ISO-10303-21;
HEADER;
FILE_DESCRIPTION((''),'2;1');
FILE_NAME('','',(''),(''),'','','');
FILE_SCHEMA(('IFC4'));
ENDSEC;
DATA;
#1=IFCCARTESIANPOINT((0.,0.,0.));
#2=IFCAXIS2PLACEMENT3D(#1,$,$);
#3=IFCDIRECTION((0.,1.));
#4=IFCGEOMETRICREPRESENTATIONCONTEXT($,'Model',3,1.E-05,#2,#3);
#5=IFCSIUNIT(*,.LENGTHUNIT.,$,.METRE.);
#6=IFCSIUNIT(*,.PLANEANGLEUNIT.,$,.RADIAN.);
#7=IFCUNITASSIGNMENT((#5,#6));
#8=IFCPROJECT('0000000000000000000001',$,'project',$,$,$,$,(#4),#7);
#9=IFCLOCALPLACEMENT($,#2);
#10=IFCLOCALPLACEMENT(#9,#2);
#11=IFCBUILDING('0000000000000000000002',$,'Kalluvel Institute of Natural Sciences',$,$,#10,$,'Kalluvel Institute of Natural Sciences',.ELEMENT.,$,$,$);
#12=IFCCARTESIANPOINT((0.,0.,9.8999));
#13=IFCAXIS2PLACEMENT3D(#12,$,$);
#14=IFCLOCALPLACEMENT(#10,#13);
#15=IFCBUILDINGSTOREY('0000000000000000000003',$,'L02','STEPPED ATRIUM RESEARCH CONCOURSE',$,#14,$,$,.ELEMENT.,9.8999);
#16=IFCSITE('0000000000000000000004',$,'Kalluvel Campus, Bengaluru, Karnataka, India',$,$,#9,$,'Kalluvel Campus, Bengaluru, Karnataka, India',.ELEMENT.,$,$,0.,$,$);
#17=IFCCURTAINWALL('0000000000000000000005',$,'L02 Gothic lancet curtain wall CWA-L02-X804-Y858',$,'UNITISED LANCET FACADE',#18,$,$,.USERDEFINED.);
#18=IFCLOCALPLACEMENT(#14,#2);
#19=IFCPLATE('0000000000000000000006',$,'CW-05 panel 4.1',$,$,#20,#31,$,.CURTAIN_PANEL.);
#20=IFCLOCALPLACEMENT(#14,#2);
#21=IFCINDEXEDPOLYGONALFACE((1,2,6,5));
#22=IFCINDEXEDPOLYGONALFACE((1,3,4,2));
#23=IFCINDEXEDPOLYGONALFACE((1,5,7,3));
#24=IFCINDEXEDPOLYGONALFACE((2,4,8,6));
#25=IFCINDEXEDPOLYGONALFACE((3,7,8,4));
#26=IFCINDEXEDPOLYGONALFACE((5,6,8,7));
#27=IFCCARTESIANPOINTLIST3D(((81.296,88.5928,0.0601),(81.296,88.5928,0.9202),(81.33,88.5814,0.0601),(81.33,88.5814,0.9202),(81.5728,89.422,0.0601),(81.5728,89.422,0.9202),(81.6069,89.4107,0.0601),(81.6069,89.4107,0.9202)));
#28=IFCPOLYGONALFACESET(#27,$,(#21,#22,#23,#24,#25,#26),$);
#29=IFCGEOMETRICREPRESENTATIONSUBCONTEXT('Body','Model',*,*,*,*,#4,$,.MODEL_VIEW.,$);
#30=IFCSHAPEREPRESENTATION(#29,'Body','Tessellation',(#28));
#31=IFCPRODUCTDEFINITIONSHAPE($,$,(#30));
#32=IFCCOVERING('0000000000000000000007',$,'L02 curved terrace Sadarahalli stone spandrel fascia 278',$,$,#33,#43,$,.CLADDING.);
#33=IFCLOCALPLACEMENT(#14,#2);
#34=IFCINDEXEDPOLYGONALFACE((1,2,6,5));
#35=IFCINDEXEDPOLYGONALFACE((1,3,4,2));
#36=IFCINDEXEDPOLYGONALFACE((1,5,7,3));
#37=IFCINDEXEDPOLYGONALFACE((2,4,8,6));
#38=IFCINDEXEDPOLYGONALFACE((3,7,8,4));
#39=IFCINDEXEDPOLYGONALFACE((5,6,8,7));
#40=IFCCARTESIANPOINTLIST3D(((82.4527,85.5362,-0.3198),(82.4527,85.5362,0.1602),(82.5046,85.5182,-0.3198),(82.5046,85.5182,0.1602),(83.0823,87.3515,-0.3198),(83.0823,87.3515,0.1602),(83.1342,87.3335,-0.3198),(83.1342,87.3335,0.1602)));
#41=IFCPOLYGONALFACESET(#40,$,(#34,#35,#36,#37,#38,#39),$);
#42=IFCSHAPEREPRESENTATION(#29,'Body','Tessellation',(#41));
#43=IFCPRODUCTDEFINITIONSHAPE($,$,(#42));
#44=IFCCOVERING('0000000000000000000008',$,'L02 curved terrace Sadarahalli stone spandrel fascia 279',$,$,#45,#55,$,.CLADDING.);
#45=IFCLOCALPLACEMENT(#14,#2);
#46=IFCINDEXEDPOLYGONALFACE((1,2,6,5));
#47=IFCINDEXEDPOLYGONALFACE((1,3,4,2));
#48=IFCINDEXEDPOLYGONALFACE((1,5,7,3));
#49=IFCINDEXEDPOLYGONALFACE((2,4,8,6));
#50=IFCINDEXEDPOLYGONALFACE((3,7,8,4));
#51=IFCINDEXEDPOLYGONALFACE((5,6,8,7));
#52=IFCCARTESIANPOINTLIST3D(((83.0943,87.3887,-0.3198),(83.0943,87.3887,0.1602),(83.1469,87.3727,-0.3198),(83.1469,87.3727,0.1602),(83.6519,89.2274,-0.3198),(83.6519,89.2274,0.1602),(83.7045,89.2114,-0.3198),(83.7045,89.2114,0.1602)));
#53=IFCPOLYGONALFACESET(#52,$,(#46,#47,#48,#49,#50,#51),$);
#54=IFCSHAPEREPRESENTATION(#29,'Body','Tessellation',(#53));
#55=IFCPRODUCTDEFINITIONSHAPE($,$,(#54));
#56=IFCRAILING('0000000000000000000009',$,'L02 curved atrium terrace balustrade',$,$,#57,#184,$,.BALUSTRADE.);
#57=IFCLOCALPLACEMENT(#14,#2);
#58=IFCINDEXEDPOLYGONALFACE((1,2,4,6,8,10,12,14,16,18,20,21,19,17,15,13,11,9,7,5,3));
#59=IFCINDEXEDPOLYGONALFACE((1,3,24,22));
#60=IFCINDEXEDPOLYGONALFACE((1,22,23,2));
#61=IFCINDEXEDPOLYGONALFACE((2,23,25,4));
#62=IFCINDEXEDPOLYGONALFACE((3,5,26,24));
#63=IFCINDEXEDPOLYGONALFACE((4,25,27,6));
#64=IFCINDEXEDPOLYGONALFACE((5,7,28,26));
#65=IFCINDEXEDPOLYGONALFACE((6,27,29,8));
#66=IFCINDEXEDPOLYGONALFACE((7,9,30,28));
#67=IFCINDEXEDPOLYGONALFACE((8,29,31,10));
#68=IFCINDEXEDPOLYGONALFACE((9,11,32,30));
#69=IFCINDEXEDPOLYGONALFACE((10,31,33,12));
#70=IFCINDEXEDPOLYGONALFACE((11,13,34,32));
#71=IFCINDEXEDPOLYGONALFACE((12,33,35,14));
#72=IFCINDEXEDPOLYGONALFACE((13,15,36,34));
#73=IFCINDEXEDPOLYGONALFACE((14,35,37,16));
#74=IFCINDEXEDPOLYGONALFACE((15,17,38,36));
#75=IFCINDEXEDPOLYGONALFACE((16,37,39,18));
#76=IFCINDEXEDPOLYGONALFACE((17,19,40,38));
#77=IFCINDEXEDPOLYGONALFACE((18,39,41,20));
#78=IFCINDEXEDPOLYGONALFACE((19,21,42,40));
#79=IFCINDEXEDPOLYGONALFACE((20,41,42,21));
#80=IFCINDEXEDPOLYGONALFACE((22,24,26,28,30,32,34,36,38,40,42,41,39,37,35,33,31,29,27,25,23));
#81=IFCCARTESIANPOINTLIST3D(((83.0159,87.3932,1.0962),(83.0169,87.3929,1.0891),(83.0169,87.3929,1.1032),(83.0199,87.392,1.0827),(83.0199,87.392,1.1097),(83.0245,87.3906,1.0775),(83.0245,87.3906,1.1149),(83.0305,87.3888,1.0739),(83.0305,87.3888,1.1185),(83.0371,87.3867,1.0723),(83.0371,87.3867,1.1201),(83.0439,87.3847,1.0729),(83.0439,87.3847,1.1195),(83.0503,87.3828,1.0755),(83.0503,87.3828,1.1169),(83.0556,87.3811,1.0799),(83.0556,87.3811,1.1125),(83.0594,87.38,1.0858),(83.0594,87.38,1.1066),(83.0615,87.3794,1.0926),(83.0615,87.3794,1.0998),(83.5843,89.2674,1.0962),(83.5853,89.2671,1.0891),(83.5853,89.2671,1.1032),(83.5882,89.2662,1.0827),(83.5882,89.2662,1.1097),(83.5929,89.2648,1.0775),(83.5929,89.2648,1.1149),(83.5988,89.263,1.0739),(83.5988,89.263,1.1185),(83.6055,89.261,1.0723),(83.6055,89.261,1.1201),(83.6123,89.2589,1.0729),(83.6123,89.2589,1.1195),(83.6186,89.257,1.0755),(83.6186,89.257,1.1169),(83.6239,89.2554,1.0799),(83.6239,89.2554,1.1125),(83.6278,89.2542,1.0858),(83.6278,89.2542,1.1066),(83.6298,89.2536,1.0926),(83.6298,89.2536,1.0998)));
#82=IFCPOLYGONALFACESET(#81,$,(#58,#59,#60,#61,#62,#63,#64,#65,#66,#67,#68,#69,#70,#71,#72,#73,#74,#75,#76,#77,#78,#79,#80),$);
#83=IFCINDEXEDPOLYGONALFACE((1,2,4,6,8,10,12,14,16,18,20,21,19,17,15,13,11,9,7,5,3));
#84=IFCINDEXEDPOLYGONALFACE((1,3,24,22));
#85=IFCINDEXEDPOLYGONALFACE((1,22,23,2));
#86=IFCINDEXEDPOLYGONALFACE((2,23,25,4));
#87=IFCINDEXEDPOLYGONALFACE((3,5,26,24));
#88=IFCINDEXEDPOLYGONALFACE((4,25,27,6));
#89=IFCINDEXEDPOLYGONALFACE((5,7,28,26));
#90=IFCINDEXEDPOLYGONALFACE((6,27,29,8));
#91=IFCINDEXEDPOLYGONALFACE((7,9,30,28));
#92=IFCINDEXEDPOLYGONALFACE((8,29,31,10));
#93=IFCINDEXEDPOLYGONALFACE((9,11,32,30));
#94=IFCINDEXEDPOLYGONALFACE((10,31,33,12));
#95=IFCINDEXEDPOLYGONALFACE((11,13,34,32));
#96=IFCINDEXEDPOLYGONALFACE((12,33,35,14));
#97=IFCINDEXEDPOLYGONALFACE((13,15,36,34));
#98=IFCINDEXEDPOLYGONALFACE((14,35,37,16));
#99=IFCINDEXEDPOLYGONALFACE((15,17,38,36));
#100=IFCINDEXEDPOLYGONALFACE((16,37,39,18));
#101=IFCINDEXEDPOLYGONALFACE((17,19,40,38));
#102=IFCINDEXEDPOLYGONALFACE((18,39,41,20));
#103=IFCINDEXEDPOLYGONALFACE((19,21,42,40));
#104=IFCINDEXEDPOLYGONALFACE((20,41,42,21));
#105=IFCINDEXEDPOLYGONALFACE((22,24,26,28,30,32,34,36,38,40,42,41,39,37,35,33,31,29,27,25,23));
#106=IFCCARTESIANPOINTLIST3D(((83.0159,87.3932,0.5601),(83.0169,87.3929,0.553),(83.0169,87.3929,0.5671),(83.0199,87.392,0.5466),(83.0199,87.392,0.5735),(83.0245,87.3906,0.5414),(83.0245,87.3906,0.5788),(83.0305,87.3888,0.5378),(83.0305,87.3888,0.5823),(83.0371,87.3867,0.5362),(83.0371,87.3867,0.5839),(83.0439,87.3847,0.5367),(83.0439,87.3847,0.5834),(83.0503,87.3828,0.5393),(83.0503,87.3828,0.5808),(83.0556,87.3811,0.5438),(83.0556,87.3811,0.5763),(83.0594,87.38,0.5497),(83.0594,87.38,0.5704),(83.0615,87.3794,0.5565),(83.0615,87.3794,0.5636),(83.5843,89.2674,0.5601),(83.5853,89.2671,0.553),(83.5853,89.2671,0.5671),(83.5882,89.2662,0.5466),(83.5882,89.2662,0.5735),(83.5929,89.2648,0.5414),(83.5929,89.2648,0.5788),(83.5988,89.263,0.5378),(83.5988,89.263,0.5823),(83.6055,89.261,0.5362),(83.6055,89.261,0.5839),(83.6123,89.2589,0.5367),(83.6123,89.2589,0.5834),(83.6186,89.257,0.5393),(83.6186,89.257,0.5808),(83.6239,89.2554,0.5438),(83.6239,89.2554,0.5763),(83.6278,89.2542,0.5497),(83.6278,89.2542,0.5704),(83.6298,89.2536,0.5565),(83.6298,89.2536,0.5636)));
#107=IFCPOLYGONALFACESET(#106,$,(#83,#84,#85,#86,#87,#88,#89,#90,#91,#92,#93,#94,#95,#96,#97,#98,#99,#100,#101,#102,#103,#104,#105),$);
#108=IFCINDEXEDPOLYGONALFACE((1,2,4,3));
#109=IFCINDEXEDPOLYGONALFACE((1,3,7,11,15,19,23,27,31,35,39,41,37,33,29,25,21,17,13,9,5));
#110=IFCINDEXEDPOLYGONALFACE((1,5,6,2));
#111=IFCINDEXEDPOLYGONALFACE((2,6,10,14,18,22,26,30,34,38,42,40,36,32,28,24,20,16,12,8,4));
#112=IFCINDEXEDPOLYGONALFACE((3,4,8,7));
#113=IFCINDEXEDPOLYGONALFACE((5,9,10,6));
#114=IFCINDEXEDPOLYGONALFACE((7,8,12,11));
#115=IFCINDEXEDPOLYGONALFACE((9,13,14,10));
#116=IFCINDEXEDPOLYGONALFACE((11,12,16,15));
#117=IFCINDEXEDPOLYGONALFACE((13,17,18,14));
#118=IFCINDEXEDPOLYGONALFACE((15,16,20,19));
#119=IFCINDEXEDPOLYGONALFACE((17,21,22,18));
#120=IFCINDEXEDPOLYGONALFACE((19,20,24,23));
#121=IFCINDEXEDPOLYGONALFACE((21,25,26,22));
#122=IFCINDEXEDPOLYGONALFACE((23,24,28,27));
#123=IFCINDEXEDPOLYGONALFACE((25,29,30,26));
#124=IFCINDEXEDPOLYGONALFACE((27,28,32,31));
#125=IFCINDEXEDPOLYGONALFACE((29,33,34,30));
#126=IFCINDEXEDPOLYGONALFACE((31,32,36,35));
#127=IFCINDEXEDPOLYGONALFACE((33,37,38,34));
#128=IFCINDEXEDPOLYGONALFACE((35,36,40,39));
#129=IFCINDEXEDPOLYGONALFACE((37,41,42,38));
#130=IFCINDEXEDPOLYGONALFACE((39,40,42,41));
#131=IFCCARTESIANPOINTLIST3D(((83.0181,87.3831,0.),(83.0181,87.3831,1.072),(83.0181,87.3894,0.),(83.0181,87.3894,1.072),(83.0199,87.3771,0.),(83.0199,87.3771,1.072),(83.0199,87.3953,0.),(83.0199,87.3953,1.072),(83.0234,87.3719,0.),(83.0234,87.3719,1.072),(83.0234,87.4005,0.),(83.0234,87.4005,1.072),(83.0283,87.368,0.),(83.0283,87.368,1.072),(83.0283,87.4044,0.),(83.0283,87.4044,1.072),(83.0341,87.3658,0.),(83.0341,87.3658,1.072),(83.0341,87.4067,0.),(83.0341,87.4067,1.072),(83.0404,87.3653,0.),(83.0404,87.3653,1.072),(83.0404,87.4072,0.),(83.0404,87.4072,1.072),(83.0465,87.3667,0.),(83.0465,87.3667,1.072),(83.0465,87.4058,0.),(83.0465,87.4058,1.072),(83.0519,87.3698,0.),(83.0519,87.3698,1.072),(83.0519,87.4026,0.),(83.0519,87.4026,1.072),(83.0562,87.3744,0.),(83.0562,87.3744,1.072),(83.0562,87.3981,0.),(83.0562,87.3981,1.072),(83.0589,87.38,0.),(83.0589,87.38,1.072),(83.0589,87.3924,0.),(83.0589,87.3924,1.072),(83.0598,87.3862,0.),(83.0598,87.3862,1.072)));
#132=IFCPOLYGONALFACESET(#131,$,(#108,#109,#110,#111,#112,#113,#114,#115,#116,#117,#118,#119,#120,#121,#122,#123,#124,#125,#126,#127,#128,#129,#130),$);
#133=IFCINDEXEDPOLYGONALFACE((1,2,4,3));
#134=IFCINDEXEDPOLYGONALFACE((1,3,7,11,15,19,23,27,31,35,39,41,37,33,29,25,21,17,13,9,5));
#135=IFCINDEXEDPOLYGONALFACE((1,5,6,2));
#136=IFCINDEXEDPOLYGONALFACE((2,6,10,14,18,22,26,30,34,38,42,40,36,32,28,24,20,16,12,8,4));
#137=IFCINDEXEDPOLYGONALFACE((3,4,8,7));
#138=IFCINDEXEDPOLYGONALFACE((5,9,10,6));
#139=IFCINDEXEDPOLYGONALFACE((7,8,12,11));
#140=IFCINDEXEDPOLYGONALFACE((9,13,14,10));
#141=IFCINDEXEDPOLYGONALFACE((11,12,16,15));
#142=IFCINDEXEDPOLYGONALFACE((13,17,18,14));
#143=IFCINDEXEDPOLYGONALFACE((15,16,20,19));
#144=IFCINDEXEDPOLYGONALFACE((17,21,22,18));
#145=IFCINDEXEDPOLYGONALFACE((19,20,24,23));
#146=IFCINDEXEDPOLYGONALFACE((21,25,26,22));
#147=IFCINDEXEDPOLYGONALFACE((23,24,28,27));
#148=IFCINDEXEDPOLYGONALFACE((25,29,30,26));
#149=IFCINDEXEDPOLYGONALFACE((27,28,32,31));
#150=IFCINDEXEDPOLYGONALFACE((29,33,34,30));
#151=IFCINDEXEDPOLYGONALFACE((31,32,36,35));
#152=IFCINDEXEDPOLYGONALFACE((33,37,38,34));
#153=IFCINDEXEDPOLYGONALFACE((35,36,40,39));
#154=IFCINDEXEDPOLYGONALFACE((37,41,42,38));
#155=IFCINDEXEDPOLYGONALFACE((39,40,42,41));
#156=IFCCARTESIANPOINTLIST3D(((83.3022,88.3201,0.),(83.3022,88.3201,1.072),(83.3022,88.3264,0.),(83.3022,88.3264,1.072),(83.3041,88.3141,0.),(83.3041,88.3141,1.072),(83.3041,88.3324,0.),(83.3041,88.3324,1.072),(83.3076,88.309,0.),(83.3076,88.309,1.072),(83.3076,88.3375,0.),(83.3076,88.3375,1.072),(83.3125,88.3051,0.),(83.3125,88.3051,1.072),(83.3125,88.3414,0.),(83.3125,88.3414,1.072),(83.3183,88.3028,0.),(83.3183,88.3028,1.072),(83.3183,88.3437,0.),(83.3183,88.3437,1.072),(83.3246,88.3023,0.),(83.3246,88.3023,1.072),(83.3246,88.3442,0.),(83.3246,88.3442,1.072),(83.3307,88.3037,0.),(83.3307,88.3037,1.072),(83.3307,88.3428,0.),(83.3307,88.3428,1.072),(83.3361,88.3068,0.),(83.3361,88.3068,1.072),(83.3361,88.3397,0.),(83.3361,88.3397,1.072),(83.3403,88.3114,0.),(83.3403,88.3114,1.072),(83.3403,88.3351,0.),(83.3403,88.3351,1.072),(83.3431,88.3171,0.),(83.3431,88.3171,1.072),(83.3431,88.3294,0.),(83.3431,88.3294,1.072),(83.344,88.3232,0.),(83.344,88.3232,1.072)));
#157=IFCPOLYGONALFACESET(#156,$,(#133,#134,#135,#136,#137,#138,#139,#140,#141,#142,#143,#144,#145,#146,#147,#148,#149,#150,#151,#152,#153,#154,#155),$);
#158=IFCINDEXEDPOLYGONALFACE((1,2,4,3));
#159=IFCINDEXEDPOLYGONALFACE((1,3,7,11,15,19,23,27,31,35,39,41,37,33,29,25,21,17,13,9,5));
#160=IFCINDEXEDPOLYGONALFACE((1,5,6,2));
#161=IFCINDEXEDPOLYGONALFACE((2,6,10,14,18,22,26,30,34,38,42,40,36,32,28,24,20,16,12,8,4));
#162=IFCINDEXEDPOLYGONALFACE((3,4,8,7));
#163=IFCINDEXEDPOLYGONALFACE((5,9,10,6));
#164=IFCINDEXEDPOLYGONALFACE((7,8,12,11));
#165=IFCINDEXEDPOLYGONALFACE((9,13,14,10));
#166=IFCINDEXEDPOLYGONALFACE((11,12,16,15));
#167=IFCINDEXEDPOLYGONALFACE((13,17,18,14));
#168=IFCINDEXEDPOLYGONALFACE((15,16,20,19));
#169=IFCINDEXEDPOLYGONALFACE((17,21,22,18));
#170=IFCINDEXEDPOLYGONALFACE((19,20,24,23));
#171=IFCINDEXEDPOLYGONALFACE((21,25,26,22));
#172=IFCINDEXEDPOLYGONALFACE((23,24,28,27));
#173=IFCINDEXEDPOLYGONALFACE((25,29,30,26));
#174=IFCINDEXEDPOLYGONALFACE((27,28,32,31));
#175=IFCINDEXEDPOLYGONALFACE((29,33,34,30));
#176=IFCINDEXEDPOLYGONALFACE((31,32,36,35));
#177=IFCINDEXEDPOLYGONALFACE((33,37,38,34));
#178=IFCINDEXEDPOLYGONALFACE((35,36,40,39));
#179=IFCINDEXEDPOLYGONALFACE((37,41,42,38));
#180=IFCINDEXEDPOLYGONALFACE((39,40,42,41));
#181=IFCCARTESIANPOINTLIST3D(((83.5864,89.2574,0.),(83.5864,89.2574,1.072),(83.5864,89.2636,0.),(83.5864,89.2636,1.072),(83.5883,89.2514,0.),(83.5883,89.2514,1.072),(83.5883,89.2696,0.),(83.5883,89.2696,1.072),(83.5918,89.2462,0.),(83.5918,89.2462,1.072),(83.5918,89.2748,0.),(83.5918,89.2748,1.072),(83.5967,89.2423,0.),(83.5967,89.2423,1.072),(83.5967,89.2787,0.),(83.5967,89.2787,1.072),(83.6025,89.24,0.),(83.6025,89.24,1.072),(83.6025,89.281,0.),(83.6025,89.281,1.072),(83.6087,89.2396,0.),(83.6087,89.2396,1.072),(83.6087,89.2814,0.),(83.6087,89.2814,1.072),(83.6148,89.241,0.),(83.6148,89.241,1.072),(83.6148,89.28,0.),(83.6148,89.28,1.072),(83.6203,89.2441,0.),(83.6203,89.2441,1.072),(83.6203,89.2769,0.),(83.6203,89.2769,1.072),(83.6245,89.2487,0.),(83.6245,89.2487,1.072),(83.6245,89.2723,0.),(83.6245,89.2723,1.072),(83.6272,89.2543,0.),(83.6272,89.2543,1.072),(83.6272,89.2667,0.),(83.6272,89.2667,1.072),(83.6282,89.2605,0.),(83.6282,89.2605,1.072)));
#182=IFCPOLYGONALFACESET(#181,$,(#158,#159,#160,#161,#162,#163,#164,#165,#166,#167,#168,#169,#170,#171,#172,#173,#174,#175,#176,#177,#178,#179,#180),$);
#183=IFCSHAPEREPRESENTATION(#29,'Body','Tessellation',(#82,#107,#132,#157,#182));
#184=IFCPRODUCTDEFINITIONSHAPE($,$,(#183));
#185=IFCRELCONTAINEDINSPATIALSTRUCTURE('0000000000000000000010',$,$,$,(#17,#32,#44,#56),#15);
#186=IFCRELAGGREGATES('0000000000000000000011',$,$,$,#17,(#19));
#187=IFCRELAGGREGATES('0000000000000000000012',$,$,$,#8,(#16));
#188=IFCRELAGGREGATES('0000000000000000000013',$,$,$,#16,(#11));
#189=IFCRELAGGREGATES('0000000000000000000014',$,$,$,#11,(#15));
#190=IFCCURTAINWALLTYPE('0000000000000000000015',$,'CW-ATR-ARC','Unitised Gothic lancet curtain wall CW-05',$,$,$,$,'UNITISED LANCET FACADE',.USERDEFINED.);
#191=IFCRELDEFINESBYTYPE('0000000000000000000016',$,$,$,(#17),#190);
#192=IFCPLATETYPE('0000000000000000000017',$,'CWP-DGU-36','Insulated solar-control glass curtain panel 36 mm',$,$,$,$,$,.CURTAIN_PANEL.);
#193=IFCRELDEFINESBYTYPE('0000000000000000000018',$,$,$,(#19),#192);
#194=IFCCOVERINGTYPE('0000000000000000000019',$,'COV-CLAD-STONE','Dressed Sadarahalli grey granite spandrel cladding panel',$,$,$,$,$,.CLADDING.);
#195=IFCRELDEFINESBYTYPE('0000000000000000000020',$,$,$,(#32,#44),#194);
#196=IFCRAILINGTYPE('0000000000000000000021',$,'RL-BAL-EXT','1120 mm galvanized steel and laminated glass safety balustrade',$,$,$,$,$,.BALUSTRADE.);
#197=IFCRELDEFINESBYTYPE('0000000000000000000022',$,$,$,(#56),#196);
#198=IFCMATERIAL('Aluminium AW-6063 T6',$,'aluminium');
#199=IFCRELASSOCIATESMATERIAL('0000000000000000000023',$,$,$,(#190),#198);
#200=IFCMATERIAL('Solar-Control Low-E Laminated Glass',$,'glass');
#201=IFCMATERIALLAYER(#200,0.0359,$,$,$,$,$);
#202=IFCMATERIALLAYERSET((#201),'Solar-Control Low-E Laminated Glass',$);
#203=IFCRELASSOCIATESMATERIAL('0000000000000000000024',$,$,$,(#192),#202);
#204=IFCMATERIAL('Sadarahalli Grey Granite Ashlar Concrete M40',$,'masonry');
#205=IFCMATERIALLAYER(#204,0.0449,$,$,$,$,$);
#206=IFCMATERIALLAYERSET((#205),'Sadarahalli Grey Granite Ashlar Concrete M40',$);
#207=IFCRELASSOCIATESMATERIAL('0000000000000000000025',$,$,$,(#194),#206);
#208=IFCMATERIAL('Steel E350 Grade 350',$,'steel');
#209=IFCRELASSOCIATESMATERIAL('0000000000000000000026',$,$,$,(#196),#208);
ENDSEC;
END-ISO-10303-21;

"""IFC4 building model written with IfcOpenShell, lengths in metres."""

from ifc_helpers import new_model, si_unit, direction, frame, origin, origin_2d, place, context, subcontext, project, spatial, rectangle, circle, extrude, material, layer, layer_set, type_object, element, aggregate, save


model = new_model("IFC4")

# Units and contexts
model_context = context("Model", 3, precision=1e-05, world=origin(), true_north=direction((0.0, 1.0)))
body_context = subcontext(model_context, "Body", "Model", "MODEL_VIEW")
ifc_project = project(units=[si_unit("LENGTHUNIT", "METRE"), si_unit("PLANEANGLEUNIT", "RADIAN")], contexts=[model_context])

# Site, building, storey
site_placement = place(None, origin())
site = spatial("IfcSite", under=ifc_project, at=site_placement, Name="Kalluvel Campus, Bengaluru, Karnataka, India", LongName="Kalluvel Campus, Bengaluru, Karnataka, India", CompositionType="ELEMENT", RefElevation=0.0)
building_placement = place(site_placement, origin())
building = spatial("IfcBuilding", under=site, at=building_placement, Name="Kalluvel Institute of Natural Sciences", LongName="Kalluvel Institute of Natural Sciences", CompositionType="ELEMENT")
storey_placement = place(building_placement, frame((0.0, 0.0, 9.8999)))
storey = spatial("IfcBuildingStorey", under=building, at=storey_placement, Name="L02", Description="STEPPED ATRIUM RESEARCH CONCOURSE", CompositionType="ELEMENT", Elevation=9.8999)

# Curtain wall, plate
ifc_material_1 = material(Name="Aluminium AW-6063 T6", Category="aluminium")
curtain_wall_type = type_object("IfcCurtainWallType", Name="CW-ATR-ARC", Description="Unitised Gothic lancet curtain wall CW-05", ElementType="UNITISED LANCET FACADE", PredefinedType="USERDEFINED", material=ifc_material_1)
curtain_wall_placement = place(storey_placement, origin())
curtain_wall = element("IfcCurtainWall", 1, at=curtain_wall_placement, inside=storey, type_object=curtain_wall_type, Name="L02 Gothic lancet curtain wall CWA-L02-X804-Y858", ObjectType="UNITISED LANCET FACADE", PredefinedType="USERDEFINED")
ifc_material_2 = material(Name="Solar-Control Low-E Laminated Glass", Category="glass")
ifc_layer_1 = layer(ifc_material_2, 0.0359)
ifc_layer_set_1 = layer_set([ifc_layer_1], Name="Solar-Control Low-E Laminated Glass")
plate_type = type_object("IfcPlateType", Name="CWP-DGU-36", Description="Insulated solar-control glass curtain panel 36 mm", PredefinedType="CURTAIN_PANEL", material=ifc_layer_set_1)
plate_1_placement = place(storey_placement, frame((81.4514, 89.0017, 0.0601), z_axis=(0.0, 0.0, 1.0), x_axis=(0.316655, 0.948541, 0.0)))
plate_1 = element("IfcPlate", 2, at=plate_1_placement, type_object=plate_type, Name="CW-05 panel 4.1", PredefinedType="CURTAIN_PANEL", context=body_context, shape_type="SweptSolid", body=[
    extrude(rectangle(XDim=0.8743, YDim=0.0359, at=origin_2d()), origin(), (0.0, 0.0, 1.0), 0.8601),
])
aggregate(curtain_wall, [plate_1])

# Coverings
ifc_material_3 = material(Name="Sadarahalli Grey Granite Ashlar Concrete M40", Category="masonry")
ifc_layer_2 = layer(ifc_material_3, 0.0449)
ifc_layer_set_2 = layer_set([ifc_layer_2], Name="Sadarahalli Grey Granite Ashlar Concrete M40")
covering_type = type_object("IfcCoveringType", Name="COV-CLAD-STONE", Description="Dressed Sadarahalli grey granite spandrel cladding panel", PredefinedType="CLADDING", material=ifc_layer_set_2)
for number, where, z_axis, x_axis, name in (
    (3, (82.7935, 86.4348, -0.3198), (0.0, 0.0, 1.0), (0.327713, 0.944777, 0.0), "L02 curved terrace Sadarahalli stone spandrel fascia 278"),
    (4, (83.3994, 88.3, -0.3198), (0.0, 0.0, 1.0), (0.290201, 0.956966, 0.0), "L02 curved terrace Sadarahalli stone spandrel fascia 279"),
):
    element("IfcCovering", number, at=place(storey_placement, frame(where, z_axis=z_axis, x_axis=x_axis)), inside=storey, type_object=covering_type, Name=name, PredefinedType="CLADDING", context=body_context, shape_type="SweptSolid", body=[
        extrude(rectangle(XDim=1.9214, YDim=0.0549, at=origin_2d()), origin(), (0.0, 0.0, 1.0), 0.48),
    ])

# Railing
ifc_material_4 = material(Name="Steel E350 Grade 350", Category="steel")
railing_type = type_object("IfcRailingType", Name="RL-BAL-EXT", Description="1120 mm galvanized steel and laminated glass safety balustrade", PredefinedType="BALUSTRADE", material=ifc_material_4)
railing_placement = place(storey_placement, frame((83.0388, 87.3862, 0.0)))
element("IfcRailing", 5, at=railing_placement, inside=storey, type_object=railing_type, Name="L02 curved atrium terrace balustrade", PredefinedType="BALUSTRADE", context=body_context, shape_type="SweptSolid", body=[
    extrude(circle(Radius=0.0239, at=origin_2d()), frame((0.0, 0.0, 1.0962), z_axis=(0.290194, 0.956968, 0.0), x_axis=(-0.956968, 0.290194, 0.0)), (0.0, 0.0, 1.0), 1.9585),
    extrude(circle(Radius=0.0239, at=origin_2d()), frame((0.0, 0.0, 0.5601), z_axis=(0.290194, 0.956968, 0.0), x_axis=(-0.956968, 0.290194, 0.0)), (0.0, 0.0, 1.0), 1.9585),
    extrude(circle(Radius=0.021, at=origin_2d()), origin(), (0.0, 0.0, 1.0), 1.072),
    extrude(circle(Radius=0.021, at=origin_2d()), frame((0.2842, 0.937, 0.0)), (0.0, 0.0, 1.0), 1.072),
    extrude(circle(Radius=0.021, at=origin_2d()), frame((0.5684, 1.8743, 0.0)), (0.0, 0.0, 1.0), 1.072),
])

save(model, "model.ifc")
